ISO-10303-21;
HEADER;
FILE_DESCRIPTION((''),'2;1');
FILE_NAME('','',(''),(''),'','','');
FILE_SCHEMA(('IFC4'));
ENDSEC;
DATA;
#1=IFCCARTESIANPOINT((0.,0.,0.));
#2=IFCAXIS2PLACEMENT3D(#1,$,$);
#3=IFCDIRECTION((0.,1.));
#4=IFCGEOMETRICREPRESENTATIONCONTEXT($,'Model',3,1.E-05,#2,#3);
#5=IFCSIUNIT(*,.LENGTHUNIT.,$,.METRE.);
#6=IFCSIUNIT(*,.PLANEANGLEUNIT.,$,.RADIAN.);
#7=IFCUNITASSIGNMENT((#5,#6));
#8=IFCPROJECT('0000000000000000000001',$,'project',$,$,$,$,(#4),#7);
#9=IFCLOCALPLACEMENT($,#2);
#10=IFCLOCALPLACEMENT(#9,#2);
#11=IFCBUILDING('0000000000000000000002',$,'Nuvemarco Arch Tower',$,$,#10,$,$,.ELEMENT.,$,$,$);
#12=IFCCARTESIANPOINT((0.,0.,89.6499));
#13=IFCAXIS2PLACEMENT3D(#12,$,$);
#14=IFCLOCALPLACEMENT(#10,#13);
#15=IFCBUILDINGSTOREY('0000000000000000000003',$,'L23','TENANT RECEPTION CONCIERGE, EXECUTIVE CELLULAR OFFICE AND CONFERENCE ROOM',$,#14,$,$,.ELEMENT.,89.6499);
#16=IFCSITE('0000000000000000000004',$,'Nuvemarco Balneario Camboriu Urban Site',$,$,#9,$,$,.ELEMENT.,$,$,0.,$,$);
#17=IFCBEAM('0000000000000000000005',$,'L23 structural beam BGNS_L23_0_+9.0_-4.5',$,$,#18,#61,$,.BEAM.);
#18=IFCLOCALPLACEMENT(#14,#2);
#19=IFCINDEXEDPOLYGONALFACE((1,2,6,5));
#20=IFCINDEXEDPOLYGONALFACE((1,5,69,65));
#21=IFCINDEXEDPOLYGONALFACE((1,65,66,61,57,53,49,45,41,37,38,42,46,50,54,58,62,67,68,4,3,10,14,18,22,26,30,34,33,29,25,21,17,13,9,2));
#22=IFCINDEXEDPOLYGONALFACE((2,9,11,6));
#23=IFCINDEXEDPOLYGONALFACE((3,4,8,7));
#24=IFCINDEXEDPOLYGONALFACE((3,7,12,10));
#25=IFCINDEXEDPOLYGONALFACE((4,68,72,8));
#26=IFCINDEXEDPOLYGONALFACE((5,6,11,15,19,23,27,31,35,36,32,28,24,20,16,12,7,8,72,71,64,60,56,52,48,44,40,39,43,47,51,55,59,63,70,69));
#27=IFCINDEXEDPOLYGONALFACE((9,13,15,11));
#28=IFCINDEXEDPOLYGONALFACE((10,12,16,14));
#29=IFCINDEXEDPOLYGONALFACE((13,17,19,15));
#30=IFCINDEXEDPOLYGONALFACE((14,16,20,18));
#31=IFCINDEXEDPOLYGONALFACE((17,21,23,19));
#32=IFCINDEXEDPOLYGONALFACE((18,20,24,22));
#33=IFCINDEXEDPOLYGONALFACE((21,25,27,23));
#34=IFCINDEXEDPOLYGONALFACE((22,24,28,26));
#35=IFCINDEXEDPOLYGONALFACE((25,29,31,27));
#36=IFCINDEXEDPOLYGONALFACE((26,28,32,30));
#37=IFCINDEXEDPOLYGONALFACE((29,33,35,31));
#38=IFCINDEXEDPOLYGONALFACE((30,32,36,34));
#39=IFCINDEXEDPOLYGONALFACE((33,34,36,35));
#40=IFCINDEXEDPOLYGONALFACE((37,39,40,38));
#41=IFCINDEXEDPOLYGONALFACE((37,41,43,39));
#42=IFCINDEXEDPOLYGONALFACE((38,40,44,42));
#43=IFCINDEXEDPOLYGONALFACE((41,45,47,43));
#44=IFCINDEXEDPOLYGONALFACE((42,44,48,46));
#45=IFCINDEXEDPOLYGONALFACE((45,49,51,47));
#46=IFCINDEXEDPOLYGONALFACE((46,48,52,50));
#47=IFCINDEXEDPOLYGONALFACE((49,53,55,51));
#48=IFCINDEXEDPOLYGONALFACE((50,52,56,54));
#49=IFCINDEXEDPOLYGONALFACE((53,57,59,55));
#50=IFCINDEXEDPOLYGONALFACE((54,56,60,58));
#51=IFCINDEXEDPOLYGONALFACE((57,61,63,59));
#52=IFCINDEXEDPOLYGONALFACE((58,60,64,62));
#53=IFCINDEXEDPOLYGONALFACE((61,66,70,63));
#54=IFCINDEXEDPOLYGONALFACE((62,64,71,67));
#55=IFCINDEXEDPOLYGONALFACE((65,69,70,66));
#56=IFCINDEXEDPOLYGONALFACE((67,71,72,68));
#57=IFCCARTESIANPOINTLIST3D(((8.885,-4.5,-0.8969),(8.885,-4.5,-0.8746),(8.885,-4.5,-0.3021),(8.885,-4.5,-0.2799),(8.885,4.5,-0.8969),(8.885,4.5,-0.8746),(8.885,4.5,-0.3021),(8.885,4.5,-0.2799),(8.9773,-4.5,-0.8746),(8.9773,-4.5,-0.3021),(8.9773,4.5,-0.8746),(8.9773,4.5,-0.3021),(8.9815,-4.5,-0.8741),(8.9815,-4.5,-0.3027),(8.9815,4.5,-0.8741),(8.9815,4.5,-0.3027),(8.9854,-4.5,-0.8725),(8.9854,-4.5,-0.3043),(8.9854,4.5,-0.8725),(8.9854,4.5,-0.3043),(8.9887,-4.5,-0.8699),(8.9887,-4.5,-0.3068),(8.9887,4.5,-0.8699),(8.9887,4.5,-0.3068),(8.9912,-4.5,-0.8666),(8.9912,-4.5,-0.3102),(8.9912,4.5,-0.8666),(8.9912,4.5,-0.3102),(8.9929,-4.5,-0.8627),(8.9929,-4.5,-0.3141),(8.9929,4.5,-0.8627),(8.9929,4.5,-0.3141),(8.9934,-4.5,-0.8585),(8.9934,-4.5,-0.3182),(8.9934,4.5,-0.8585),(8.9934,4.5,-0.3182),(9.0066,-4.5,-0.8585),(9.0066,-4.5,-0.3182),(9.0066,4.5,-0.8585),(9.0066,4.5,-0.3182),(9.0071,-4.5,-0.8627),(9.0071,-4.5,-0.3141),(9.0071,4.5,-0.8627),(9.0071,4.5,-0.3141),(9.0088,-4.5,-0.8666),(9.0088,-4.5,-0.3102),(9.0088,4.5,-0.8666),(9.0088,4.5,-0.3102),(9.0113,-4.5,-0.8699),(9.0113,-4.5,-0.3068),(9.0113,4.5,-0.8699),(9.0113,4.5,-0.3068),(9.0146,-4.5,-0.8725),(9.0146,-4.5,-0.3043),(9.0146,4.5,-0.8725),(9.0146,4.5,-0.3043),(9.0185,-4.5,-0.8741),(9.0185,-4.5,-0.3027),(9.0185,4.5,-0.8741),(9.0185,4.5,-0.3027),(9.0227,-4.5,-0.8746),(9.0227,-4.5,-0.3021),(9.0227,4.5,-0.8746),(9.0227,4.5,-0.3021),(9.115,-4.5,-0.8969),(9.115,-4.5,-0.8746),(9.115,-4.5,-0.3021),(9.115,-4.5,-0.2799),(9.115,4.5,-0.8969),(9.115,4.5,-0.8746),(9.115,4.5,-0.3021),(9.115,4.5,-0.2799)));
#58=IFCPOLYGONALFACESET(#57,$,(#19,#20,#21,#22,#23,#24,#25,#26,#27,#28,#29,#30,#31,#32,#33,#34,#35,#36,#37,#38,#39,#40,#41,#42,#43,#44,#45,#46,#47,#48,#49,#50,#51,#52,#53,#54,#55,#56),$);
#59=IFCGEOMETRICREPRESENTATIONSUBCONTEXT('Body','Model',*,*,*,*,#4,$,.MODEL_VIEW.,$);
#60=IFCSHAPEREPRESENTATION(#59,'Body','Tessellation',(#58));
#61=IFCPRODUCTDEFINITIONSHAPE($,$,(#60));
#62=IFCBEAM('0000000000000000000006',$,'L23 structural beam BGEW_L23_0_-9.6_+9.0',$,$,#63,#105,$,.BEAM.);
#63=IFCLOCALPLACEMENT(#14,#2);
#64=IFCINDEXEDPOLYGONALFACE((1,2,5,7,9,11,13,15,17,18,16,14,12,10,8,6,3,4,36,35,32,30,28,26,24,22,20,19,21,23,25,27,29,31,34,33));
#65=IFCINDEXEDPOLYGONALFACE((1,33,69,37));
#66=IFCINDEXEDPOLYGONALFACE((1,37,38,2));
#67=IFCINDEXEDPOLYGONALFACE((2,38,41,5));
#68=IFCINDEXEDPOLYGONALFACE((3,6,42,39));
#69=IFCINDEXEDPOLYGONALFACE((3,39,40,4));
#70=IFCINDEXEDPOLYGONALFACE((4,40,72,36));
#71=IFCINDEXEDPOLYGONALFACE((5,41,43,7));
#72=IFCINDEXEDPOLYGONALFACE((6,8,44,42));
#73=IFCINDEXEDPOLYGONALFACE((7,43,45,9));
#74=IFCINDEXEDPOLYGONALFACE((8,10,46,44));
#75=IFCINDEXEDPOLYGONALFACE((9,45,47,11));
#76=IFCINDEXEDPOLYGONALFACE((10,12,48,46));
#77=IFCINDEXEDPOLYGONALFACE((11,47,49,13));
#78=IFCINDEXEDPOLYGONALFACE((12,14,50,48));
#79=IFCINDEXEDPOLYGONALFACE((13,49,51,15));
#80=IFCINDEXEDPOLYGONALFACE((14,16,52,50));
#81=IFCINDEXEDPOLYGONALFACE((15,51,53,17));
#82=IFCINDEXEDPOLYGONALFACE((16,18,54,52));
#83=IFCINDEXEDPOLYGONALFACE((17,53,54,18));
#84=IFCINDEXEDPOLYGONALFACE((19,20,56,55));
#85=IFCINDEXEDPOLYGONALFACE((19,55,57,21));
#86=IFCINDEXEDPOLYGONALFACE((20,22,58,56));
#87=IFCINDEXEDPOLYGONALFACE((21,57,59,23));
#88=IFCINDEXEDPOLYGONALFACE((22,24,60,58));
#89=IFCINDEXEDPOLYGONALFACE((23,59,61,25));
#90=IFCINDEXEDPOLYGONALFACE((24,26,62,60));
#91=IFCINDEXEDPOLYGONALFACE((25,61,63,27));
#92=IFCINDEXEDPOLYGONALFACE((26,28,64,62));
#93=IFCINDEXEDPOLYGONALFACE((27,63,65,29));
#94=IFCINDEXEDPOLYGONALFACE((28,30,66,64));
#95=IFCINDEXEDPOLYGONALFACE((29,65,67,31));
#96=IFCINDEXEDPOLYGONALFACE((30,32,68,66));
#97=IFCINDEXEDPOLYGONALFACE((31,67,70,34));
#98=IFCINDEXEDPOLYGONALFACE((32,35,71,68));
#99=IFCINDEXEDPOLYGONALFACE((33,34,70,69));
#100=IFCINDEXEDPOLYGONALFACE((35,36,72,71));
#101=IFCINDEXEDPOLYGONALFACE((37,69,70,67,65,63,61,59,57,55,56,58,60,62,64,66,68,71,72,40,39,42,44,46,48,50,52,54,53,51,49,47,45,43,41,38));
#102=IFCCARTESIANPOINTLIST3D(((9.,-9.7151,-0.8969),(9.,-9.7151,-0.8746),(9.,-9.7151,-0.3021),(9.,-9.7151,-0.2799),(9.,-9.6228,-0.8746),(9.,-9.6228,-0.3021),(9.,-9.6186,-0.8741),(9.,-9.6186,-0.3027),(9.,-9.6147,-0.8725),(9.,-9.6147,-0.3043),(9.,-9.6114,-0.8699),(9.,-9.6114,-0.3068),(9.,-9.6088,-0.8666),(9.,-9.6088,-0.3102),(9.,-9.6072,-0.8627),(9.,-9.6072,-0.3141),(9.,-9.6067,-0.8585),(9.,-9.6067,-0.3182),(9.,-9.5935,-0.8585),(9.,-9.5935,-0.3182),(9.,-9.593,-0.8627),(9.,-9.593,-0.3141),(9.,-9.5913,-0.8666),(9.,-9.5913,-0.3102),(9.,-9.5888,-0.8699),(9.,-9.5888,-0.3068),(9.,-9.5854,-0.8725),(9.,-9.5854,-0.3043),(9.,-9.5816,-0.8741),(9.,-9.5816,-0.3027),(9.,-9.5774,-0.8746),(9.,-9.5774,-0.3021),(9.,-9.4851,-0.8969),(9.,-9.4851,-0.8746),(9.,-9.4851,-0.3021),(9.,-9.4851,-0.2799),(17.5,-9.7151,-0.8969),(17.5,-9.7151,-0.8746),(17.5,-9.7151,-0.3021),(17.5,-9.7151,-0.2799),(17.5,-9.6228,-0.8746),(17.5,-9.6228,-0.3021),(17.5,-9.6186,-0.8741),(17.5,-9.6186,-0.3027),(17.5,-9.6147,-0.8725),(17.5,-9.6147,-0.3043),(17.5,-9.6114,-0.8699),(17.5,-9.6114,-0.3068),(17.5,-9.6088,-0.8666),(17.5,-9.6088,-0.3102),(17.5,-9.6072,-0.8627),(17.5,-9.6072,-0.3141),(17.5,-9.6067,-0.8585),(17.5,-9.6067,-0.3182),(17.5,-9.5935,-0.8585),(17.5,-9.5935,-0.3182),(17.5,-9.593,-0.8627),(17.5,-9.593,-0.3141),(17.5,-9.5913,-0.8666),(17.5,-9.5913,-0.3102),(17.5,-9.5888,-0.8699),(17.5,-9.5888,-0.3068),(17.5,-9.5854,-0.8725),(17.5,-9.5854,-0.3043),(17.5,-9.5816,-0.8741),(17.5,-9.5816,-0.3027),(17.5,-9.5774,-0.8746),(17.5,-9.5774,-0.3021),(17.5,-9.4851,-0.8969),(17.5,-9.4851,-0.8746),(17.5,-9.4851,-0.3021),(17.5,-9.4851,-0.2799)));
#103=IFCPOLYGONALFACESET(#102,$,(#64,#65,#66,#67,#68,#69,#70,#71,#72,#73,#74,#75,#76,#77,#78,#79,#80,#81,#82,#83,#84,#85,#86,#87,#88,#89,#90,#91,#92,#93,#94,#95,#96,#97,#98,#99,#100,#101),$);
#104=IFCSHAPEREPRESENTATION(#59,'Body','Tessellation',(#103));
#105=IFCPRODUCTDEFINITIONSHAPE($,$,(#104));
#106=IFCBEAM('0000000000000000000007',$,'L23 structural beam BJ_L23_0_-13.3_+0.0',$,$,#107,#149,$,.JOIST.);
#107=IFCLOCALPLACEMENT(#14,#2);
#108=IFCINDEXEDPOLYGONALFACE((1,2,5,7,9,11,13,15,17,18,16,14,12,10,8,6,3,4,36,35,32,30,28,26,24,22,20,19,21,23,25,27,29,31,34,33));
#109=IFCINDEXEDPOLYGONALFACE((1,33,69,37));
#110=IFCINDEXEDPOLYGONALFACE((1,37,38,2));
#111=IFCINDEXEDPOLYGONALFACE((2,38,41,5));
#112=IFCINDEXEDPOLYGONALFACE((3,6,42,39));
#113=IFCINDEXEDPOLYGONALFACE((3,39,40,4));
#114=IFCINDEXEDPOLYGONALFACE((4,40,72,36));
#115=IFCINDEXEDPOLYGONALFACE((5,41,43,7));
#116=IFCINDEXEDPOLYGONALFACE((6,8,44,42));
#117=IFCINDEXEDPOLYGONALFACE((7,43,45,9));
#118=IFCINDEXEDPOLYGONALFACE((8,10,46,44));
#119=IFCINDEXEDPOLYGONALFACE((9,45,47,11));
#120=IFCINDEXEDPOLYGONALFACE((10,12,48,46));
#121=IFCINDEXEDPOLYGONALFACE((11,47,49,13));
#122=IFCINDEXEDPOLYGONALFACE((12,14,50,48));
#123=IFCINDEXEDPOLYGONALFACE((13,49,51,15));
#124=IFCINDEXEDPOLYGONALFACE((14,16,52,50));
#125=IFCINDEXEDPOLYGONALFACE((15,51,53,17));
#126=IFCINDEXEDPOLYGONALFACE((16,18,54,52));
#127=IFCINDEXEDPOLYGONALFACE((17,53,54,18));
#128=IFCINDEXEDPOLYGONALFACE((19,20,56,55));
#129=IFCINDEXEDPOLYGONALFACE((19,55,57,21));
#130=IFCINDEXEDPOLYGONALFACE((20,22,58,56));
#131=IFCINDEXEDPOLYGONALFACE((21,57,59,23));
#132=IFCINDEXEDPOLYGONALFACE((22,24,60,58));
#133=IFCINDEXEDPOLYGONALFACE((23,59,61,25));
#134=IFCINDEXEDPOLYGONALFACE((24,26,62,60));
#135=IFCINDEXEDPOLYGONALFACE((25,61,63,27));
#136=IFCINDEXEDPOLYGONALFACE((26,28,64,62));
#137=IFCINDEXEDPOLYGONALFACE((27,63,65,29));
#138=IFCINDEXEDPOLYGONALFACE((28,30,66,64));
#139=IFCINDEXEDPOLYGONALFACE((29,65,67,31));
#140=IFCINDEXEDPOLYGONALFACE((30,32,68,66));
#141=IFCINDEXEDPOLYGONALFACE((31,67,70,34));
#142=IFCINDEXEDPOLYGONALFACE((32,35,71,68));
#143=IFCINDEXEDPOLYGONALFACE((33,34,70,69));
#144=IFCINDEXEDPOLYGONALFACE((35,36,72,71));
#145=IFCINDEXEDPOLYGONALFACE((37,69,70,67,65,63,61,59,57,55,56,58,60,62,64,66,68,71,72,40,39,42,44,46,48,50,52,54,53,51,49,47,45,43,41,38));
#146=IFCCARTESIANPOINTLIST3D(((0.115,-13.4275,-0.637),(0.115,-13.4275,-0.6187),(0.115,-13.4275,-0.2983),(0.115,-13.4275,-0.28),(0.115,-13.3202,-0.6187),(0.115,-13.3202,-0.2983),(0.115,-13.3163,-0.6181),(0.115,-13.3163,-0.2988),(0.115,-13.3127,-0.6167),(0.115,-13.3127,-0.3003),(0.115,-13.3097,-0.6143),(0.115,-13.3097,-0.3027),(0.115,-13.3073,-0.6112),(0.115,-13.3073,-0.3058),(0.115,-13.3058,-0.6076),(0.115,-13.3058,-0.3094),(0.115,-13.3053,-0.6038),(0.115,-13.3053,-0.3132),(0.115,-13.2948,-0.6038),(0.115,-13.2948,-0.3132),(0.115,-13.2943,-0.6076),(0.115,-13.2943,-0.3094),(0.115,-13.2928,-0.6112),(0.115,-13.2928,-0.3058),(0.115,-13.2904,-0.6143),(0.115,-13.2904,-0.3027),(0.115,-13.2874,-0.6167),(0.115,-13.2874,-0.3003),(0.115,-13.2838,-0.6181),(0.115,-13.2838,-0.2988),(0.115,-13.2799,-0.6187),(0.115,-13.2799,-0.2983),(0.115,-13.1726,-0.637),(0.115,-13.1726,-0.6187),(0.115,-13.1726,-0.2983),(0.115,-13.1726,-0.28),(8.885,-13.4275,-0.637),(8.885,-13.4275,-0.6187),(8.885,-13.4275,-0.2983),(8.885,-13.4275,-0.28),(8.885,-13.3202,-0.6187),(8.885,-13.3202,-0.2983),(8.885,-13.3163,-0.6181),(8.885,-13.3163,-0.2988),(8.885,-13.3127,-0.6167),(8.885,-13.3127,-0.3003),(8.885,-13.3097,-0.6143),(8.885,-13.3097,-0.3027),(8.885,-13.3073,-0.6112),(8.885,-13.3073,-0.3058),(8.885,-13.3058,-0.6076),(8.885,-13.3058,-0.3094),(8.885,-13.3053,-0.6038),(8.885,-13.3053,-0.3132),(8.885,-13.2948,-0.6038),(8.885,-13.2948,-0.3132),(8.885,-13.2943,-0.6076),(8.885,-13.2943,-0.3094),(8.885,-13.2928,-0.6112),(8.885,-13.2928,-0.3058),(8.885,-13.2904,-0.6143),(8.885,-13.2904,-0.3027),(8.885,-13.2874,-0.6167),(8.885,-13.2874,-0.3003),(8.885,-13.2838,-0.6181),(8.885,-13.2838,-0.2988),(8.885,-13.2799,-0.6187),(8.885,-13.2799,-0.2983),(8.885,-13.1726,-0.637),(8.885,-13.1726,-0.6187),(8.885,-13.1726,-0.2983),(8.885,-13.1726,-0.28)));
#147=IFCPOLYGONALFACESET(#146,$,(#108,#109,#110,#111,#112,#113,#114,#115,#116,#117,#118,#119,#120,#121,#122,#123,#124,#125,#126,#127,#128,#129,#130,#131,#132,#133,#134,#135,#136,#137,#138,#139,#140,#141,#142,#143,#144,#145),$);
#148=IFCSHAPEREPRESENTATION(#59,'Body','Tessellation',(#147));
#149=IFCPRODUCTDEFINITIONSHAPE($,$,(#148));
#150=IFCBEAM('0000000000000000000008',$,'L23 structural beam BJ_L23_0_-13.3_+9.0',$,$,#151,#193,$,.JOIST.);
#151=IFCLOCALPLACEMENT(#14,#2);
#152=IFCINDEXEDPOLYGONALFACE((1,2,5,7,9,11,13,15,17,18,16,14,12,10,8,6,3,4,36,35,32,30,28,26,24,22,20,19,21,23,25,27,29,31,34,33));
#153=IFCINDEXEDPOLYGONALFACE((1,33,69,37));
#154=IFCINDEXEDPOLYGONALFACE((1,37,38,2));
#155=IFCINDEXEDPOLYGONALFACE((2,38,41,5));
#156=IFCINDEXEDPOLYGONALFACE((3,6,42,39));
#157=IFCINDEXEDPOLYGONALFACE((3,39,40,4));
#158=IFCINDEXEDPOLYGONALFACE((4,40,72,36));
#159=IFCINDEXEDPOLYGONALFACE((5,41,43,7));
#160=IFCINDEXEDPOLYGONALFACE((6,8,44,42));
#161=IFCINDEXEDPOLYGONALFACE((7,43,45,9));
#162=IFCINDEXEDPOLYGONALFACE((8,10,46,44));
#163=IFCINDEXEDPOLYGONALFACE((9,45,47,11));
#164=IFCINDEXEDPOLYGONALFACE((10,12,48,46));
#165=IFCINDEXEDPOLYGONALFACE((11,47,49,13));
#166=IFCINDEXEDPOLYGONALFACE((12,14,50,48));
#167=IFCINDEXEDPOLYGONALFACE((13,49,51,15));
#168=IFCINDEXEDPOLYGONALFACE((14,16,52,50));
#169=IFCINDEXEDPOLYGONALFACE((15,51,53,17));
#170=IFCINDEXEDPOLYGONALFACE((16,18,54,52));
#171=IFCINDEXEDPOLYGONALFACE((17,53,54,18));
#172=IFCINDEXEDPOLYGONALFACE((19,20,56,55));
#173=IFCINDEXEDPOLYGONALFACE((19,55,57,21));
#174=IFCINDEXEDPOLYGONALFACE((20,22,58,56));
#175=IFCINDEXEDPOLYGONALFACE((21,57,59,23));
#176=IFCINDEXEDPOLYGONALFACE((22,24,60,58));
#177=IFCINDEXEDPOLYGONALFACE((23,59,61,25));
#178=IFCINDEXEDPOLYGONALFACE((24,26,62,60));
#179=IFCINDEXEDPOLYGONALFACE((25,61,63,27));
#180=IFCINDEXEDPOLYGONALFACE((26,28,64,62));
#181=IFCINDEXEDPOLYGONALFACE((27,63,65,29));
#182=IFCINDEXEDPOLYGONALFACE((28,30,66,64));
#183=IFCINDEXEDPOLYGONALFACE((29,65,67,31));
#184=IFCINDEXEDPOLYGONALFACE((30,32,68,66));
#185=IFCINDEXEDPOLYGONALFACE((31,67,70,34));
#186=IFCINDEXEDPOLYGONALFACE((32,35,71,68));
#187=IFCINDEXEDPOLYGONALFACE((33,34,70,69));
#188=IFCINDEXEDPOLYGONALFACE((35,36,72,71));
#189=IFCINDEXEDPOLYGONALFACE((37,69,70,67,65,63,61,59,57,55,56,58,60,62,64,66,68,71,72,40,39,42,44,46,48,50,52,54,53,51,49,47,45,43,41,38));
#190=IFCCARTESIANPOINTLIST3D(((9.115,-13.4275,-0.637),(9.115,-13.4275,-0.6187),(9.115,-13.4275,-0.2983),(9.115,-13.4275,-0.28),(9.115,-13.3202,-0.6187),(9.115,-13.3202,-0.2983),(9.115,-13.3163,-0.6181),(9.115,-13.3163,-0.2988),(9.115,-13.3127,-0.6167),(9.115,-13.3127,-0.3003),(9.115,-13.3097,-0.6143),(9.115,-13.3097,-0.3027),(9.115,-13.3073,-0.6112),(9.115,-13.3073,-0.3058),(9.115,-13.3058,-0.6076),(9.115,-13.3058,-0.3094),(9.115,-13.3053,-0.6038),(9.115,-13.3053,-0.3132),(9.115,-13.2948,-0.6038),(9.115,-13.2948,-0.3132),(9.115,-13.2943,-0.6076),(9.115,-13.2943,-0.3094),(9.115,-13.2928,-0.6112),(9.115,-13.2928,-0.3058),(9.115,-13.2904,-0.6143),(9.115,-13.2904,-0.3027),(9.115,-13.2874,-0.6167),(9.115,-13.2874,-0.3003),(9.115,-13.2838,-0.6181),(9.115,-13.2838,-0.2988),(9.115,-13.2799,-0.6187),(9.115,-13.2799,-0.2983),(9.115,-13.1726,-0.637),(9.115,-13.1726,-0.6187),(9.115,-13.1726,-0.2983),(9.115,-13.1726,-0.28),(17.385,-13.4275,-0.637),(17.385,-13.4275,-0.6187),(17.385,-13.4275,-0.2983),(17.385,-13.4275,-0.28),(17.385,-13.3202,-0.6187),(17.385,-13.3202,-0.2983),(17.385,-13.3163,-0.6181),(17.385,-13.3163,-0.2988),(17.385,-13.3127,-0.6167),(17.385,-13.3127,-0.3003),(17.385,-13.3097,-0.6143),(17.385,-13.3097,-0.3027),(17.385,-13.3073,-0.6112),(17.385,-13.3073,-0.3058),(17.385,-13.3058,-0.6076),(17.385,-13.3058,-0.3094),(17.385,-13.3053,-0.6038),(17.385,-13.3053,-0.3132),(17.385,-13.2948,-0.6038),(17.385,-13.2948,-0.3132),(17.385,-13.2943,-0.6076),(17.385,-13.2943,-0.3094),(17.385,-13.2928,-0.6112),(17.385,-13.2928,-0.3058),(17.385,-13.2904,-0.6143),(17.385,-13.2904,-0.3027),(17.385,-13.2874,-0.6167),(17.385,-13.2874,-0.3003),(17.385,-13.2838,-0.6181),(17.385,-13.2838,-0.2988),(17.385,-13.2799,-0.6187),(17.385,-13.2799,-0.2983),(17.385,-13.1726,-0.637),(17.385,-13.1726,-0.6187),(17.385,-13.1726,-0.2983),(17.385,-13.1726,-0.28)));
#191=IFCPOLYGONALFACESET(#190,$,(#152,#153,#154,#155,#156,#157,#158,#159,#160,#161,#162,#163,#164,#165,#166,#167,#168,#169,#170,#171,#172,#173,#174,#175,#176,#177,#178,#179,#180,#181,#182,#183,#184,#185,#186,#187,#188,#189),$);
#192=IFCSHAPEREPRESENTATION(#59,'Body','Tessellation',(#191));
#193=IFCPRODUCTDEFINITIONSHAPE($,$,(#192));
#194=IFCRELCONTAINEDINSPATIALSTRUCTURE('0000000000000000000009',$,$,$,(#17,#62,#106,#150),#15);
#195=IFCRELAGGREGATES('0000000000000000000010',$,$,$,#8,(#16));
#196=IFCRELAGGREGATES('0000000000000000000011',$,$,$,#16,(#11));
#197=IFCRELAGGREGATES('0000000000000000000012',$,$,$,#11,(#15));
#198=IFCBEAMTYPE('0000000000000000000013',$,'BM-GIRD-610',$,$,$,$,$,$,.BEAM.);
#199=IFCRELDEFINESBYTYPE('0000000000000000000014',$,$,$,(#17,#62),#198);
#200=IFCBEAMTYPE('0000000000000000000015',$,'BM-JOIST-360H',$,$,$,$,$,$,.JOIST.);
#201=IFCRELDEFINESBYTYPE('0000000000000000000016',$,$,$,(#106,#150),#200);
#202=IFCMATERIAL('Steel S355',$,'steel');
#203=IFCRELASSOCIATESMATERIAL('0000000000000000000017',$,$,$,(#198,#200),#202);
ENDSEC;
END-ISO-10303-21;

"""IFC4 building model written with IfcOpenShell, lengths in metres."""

from ifc_helpers import new_model, si_unit, direction, frame, origin, origin_2d, place, context, subcontext, project, spatial, i_section, extrude, material, material_profile, profile_set, type_object, element, save


model = new_model("IFC4")

# Units and contexts
model_context = context("Model", 3, precision=1e-05, world=origin(), true_north=direction((0.0, 1.0)))
body_context = subcontext(model_context, "Body", "Model", "MODEL_VIEW")
ifc_project = project(units=[si_unit("LENGTHUNIT", "METRE"), si_unit("PLANEANGLEUNIT", "RADIAN")], contexts=[model_context])

# Site, building, storey
site_placement = place(None, origin())
site = spatial("IfcSite", under=ifc_project, at=site_placement, Name="Nuvemarco Balneario Camboriu Urban Site", CompositionType="ELEMENT", RefElevation=0.0)
building_placement = place(site_placement, origin())
building = spatial("IfcBuilding", under=site, at=building_placement, Name="Nuvemarco Arch Tower", CompositionType="ELEMENT")
storey_placement = place(building_placement, frame((0.0, 0.0, 89.6499)))
storey = spatial("IfcBuildingStorey", under=building, at=storey_placement, Name="L23", Description="TENANT RECEPTION CONCIERGE, EXECUTIVE CELLULAR OFFICE AND CONFERENCE ROOM", CompositionType="ELEMENT", Elevation=89.6499)

# Shared definitions
ifc_material_1 = material(Name="Steel S355", Category="steel")

# Beams
ifc_material_profile_1 = material_profile(ifc_material_1, i_section(OverallWidth=0.23, OverallDepth=0.6169, WebThickness=0.0132, FlangeThickness=0.0222, FilletRadius=0.0161, at=origin_2d()), Name="W610x140")
ifc_profile_set_1 = profile_set([ifc_material_profile_1], Name="Steel S355")
beam_type_1 = type_object("IfcBeamType", Name="BM-GIRD-610", PredefinedType="BEAM", material=ifc_profile_set_1)
beam_1_placement = place(storey_placement, frame((9.0, -4.5, -0.5884), z_axis=(0.0, 1.0, 0.0), x_axis=(-1.0, 0.0, 0.0)))
element("IfcBeam", 1, at=beam_1_placement, inside=storey, type_object=beam_type_1, Name="L23 structural beam BGNS_L23_0_+9.0_-4.5", PredefinedType="BEAM", context=body_context, shape_type="SweptSolid", body=[
    extrude(i_section(OverallWidth=0.23, OverallDepth=0.6169, WebThickness=0.0132, FlangeThickness=0.0222, FilletRadius=0.0161, at=origin_2d()), origin(), (0.0, 0.0, 1.0), 9.0),
])
beam_2_placement = place(storey_placement, frame((9.0, -9.6001, -0.5884), z_axis=(1.0, 0.0, 0.0), x_axis=(0.0, 1.0, 0.0)))
element("IfcBeam", 2, at=beam_2_placement, inside=storey, type_object=beam_type_1, Name="L23 structural beam BGEW_L23_0_-9.6_+9.0", PredefinedType="BEAM", context=body_context, shape_type="SweptSolid", body=[
    extrude(i_section(OverallWidth=0.23, OverallDepth=0.6169, WebThickness=0.0132, FlangeThickness=0.0222, FilletRadius=0.0161, at=origin_2d()), origin(), (0.0, 0.0, 1.0), 8.5),
])
ifc_material_profile_2 = material_profile(ifc_material_1, i_section(OverallWidth=0.2549, OverallDepth=0.3569, WebThickness=0.0105, FlangeThickness=0.0183, FilletRadius=0.0149, at=origin_2d()), Name="W360x101")
ifc_profile_set_2 = profile_set([ifc_material_profile_2], Name="Steel S355")
beam_type_2 = type_object("IfcBeamType", Name="BM-JOIST-360H", PredefinedType="JOIST", material=ifc_profile_set_2)
beam_3_placement = place(storey_placement, frame((0.115, -13.3, -0.4585), z_axis=(1.0, 0.0, 0.0), x_axis=(0.0, 1.0, 0.0)))
element("IfcBeam", 3, at=beam_3_placement, inside=storey, type_object=beam_type_2, Name="L23 structural beam BJ_L23_0_-13.3_+0.0", PredefinedType="JOIST", context=body_context, shape_type="SweptSolid", body=[
    extrude(i_section(OverallWidth=0.2549, OverallDepth=0.3569, WebThickness=0.0105, FlangeThickness=0.0183, FilletRadius=0.0149, at=origin_2d()), origin(), (0.0, 0.0, 1.0), 8.77),
])
beam_4_placement = place(storey_placement, frame((9.115, -13.3, -0.4585), z_axis=(1.0, 0.0, 0.0), x_axis=(0.0, 1.0, 0.0)))
element("IfcBeam", 4, at=beam_4_placement, inside=storey, type_object=beam_type_2, Name="L23 structural beam BJ_L23_0_-13.3_+9.0", PredefinedType="JOIST", context=body_context, shape_type="SweptSolid", body=[
    extrude(i_section(OverallWidth=0.2549, OverallDepth=0.3569, WebThickness=0.0105, FlangeThickness=0.0183, FilletRadius=0.0149, at=origin_2d()), origin(), (0.0, 0.0, 1.0), 8.27),
])

save(model, "model.ifc")
